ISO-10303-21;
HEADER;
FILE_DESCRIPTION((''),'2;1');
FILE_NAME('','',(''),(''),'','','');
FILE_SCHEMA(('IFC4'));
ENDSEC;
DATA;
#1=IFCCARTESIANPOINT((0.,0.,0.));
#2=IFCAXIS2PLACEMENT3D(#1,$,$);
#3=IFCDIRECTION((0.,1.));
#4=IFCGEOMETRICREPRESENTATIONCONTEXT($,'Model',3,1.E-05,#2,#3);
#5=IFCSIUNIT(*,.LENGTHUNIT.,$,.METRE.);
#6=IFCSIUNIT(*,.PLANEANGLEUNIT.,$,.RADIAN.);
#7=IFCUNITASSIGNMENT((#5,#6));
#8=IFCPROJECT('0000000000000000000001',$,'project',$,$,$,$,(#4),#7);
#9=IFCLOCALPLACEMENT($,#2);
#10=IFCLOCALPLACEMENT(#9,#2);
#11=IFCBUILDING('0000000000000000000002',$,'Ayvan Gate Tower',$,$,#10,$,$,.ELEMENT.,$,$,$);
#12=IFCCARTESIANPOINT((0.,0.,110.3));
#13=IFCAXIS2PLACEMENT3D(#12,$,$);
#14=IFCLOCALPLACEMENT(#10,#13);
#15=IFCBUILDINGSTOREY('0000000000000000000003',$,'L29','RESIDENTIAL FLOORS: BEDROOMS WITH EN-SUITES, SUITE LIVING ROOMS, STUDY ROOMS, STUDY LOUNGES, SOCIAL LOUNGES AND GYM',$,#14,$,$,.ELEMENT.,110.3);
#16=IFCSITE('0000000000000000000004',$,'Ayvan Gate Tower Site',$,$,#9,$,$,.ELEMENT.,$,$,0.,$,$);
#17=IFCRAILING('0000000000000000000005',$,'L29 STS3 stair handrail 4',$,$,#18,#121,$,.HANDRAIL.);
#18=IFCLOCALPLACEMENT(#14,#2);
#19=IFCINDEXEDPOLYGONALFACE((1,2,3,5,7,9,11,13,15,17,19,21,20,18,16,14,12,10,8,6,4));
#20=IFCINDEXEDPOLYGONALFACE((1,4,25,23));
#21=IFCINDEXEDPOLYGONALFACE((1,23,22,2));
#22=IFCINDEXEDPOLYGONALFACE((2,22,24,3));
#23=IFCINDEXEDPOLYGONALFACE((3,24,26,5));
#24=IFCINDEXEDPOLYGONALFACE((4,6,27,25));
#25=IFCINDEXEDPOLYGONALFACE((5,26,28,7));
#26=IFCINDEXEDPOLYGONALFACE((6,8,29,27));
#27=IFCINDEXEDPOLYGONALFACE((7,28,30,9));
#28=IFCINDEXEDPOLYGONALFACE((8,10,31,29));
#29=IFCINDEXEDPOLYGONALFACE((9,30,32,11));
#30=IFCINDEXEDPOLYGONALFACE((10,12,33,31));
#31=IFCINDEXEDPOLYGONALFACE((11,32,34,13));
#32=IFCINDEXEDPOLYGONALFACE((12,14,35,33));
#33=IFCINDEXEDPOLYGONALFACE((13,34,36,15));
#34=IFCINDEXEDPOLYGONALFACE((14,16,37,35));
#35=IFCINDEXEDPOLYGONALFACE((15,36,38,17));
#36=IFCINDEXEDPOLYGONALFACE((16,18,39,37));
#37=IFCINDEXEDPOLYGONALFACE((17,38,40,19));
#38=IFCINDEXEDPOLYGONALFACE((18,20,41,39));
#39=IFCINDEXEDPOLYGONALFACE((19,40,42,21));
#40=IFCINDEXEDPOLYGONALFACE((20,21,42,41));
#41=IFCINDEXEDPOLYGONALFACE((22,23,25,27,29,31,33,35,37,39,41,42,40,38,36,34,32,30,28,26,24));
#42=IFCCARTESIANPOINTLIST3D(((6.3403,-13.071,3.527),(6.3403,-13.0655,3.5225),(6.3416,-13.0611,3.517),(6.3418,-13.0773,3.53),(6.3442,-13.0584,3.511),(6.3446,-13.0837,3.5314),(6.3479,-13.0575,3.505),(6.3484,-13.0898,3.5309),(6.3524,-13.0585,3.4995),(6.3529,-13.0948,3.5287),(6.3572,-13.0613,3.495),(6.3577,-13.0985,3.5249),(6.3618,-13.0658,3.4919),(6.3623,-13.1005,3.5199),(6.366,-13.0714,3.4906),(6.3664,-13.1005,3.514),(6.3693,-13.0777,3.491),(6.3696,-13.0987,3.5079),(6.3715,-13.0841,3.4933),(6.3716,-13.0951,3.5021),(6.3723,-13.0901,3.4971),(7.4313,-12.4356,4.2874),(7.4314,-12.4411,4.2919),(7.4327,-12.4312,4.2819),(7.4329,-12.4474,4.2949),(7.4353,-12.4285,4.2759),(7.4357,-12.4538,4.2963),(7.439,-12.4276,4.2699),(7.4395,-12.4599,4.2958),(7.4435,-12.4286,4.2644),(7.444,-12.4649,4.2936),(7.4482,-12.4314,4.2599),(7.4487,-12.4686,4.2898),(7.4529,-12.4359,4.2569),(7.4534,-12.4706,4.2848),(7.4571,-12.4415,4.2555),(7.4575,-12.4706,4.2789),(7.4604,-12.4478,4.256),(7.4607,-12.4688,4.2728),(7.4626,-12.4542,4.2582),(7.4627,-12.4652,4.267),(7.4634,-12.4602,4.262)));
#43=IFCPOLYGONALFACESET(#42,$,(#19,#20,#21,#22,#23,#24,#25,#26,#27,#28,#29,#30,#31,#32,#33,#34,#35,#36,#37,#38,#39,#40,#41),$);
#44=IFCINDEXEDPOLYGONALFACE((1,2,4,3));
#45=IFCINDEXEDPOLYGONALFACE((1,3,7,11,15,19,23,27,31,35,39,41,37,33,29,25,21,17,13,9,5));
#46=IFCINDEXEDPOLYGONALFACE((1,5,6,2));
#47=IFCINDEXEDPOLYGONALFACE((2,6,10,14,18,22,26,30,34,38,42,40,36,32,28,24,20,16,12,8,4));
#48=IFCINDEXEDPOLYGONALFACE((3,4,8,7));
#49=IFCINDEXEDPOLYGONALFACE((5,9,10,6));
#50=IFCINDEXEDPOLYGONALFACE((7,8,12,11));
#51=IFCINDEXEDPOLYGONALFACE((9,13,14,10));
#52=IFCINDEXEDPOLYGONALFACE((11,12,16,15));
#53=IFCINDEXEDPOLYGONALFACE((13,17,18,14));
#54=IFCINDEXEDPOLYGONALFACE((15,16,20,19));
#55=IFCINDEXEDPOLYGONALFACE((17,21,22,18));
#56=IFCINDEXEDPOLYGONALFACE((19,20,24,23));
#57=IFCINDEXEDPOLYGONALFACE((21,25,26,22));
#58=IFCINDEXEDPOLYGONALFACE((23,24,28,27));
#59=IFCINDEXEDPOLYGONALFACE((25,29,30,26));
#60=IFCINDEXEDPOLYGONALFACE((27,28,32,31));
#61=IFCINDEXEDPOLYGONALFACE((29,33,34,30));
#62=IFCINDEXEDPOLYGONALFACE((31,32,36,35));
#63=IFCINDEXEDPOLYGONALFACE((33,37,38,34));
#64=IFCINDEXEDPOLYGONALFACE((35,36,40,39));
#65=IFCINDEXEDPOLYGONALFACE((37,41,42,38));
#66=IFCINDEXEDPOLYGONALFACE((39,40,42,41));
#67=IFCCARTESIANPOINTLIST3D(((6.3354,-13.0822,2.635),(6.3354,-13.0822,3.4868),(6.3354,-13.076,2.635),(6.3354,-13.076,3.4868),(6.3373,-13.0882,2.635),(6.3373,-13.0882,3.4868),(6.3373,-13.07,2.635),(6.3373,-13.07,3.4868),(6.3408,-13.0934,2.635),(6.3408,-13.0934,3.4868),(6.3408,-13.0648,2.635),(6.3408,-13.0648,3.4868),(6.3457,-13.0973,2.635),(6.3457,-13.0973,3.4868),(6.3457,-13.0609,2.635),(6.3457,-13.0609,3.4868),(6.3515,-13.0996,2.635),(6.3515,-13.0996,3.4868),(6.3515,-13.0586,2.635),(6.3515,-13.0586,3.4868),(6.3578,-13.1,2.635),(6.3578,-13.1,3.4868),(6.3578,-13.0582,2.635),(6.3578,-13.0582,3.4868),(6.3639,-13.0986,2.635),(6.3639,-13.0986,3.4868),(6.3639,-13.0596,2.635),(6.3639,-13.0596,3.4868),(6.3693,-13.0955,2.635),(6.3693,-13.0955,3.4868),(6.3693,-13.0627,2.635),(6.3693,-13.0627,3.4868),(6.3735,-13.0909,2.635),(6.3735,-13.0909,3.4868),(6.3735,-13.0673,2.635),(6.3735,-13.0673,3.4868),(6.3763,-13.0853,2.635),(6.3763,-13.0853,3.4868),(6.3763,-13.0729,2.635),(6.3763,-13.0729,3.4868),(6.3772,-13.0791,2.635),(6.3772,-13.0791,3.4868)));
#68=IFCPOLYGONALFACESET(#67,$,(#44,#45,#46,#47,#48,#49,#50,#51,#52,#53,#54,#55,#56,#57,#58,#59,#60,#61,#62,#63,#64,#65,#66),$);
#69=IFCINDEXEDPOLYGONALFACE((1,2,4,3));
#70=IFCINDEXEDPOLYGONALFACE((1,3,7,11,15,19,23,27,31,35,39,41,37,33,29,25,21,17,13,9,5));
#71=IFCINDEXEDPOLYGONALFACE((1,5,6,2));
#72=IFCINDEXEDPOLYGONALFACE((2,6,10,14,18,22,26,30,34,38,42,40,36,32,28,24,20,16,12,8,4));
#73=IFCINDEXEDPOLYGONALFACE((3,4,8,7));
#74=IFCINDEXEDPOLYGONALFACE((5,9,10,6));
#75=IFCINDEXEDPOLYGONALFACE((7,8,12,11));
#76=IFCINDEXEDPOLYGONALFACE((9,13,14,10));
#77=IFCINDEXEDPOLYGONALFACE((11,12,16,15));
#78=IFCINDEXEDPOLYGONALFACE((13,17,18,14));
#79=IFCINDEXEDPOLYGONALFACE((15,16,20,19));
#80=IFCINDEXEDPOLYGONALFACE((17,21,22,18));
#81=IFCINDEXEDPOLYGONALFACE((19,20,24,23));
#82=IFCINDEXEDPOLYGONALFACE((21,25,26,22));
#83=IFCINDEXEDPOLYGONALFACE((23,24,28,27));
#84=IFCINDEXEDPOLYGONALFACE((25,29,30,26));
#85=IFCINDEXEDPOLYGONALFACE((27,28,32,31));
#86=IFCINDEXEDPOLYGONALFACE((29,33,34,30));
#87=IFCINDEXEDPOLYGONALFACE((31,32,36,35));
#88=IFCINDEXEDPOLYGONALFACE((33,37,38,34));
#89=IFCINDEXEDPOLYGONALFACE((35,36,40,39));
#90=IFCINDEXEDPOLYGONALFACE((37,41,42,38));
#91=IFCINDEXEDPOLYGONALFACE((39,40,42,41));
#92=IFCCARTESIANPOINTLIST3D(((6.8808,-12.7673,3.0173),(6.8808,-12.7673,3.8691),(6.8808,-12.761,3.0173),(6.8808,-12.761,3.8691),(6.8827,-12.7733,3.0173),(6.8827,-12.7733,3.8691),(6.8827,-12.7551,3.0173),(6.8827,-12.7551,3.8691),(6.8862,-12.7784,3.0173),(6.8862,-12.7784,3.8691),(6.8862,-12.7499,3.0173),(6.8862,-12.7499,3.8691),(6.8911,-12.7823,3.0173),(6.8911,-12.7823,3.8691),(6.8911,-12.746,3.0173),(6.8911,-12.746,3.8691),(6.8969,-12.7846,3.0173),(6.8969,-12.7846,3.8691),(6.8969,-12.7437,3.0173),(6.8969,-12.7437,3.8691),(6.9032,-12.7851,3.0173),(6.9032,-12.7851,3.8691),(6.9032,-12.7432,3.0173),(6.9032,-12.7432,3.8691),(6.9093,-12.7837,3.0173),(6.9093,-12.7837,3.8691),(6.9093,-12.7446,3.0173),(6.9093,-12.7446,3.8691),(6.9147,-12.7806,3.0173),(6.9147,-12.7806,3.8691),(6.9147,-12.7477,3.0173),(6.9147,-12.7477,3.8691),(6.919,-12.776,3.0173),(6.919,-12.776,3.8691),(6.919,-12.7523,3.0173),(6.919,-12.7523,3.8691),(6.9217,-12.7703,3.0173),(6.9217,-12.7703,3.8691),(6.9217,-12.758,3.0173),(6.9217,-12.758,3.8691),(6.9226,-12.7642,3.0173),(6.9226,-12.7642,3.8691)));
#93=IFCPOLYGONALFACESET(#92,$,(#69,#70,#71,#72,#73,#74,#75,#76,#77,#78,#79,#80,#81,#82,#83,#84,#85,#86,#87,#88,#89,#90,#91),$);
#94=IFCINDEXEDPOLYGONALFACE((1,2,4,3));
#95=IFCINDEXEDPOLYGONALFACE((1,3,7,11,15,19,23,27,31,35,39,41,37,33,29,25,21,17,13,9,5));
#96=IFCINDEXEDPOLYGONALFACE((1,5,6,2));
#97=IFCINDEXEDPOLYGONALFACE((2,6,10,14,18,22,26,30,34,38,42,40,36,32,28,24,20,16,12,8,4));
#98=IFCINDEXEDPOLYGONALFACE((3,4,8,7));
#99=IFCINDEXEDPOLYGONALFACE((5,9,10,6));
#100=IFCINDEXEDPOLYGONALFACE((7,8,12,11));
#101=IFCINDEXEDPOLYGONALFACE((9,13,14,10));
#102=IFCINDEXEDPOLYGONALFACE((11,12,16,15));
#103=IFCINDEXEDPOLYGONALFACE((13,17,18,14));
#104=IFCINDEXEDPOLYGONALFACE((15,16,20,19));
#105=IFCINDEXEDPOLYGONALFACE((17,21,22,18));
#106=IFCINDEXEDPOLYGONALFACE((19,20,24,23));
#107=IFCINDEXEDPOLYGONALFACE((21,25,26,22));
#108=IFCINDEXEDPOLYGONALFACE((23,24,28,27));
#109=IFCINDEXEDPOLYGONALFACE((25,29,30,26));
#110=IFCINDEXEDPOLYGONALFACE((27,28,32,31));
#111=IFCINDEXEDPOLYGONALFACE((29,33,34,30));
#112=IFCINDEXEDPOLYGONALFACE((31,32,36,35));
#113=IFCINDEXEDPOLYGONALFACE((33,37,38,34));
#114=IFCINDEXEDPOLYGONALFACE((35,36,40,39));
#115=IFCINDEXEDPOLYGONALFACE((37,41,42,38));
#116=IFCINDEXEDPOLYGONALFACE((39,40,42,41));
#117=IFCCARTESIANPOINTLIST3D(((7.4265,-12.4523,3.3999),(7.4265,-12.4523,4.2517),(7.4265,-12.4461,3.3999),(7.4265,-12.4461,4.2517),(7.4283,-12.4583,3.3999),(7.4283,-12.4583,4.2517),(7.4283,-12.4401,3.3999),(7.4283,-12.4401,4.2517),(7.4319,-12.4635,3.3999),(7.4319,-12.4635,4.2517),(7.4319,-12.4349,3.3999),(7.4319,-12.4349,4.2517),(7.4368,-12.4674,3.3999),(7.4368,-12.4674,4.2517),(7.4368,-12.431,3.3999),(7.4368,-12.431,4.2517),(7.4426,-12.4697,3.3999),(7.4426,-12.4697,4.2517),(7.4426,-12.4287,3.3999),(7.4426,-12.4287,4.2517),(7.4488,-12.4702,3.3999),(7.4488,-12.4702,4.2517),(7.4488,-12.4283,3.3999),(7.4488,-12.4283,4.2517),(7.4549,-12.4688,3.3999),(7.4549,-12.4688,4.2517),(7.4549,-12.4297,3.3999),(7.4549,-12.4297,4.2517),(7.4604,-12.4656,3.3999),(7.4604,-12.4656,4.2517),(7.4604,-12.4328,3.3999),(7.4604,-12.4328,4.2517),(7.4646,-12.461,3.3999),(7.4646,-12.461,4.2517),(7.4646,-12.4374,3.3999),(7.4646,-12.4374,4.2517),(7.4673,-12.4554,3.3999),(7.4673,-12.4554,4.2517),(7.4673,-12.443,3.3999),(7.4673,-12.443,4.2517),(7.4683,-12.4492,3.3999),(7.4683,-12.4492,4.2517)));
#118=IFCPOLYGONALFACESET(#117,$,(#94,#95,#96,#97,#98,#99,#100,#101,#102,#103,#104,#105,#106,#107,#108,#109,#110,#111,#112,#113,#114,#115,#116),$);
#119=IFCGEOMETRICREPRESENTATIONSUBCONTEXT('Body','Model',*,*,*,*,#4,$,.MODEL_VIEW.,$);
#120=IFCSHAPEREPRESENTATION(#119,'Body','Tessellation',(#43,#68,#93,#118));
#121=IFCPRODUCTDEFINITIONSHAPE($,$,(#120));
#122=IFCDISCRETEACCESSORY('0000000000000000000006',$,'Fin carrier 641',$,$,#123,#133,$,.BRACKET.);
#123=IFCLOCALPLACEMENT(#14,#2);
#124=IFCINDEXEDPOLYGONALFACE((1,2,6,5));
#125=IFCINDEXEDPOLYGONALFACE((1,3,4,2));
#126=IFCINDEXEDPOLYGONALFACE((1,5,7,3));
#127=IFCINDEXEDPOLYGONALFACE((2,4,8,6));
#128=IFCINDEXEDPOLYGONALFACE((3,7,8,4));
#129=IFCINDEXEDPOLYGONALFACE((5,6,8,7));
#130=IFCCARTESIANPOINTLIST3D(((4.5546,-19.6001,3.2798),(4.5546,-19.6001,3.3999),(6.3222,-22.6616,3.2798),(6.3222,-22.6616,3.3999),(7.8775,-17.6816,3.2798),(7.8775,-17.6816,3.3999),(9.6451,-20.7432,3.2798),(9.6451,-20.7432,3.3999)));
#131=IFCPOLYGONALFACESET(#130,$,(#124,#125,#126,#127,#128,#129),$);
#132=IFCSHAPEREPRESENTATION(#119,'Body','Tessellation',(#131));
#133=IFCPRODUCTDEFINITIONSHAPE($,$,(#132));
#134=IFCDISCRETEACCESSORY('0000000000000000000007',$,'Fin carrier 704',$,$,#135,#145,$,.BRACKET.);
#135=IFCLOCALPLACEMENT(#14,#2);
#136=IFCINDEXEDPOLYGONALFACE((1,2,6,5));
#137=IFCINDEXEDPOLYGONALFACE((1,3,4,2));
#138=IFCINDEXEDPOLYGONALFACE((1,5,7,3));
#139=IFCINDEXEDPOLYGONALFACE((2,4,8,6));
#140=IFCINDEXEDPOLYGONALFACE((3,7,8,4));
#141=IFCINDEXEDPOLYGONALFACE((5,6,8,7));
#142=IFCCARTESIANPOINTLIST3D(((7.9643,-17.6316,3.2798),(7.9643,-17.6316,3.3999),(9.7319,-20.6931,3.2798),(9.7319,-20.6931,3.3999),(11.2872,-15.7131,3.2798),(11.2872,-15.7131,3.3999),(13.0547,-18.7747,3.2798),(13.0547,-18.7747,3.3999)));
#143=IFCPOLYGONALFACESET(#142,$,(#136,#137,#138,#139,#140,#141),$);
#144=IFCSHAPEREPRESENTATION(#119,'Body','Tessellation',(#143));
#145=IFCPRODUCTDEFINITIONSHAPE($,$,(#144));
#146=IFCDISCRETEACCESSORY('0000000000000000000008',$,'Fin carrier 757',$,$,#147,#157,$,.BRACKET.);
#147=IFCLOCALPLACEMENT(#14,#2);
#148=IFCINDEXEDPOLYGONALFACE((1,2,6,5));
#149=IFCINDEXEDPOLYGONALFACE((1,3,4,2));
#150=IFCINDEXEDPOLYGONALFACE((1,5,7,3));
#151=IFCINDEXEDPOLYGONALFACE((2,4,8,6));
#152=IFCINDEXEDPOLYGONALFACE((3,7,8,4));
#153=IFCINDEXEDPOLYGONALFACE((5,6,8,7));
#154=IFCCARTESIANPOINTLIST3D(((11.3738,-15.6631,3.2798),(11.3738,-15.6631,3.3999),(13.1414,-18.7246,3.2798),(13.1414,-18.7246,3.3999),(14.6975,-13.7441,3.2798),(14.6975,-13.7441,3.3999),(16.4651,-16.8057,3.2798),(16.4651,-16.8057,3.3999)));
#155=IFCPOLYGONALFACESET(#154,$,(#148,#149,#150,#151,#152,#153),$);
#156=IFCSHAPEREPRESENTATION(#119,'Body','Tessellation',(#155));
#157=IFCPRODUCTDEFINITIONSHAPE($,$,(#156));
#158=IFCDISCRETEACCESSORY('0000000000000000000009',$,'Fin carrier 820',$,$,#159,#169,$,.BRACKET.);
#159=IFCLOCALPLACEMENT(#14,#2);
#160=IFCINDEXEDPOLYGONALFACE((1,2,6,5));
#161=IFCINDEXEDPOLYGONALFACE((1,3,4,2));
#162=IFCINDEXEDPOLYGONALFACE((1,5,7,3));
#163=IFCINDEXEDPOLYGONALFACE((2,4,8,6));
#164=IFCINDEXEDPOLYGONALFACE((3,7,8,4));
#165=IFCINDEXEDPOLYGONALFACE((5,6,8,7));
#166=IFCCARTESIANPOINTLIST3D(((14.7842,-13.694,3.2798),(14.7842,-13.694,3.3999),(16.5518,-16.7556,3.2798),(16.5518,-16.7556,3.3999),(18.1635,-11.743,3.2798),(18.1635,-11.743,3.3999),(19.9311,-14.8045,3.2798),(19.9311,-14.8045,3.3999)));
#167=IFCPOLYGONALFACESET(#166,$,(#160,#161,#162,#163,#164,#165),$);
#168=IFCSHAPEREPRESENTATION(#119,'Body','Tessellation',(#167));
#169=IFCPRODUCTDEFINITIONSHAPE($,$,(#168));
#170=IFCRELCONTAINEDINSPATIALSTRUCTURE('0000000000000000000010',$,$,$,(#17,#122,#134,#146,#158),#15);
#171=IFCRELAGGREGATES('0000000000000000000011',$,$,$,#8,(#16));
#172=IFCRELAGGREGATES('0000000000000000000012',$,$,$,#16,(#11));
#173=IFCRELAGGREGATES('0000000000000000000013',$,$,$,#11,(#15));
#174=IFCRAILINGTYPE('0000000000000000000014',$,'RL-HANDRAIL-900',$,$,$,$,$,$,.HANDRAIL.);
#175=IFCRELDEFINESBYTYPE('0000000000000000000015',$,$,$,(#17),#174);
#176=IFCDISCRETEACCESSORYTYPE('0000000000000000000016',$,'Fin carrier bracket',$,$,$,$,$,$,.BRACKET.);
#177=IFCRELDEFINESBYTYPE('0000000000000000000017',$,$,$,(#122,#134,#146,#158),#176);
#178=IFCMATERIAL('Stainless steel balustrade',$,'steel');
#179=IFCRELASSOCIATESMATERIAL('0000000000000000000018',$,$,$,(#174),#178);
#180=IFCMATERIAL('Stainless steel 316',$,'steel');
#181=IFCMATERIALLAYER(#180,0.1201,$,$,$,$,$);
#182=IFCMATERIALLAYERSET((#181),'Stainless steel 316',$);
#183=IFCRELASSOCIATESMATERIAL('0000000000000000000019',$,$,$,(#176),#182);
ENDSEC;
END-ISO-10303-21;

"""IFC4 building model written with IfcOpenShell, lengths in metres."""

from ifc_helpers import new_model, si_unit, direction, frame, origin, origin_2d, place, context, subcontext, project, spatial, rectangle, circle, extrude, material, layer, layer_set, type_object, element, save


model = new_model("IFC4")

# Units and contexts
model_context = context("Model", 3, precision=1e-05, world=origin(), true_north=direction((0.0, 1.0)))
body_context = subcontext(model_context, "Body", "Model", "MODEL_VIEW")
ifc_project = project(units=[si_unit("LENGTHUNIT", "METRE"), si_unit("PLANEANGLEUNIT", "RADIAN")], contexts=[model_context])

# Site, building, storey
site_placement = place(None, origin())
site = spatial("IfcSite", under=ifc_project, at=site_placement, Name="Ayvan Gate Tower Site", CompositionType="ELEMENT", RefElevation=0.0)
building_placement = place(site_placement, origin())
building = spatial("IfcBuilding", under=site, at=building_placement, Name="Ayvan Gate Tower", CompositionType="ELEMENT")
storey_placement = place(building_placement, frame((0.0, 0.0, 110.3)))
storey = spatial("IfcBuildingStorey", under=building, at=storey_placement, Name="L29", Description="RESIDENTIAL FLOORS: BEDROOMS WITH EN-SUITES, SUITE LIVING ROOMS, STUDY ROOMS, STUDY LOUNGES, SOCIAL LOUNGES AND GYM", CompositionType="ELEMENT", Elevation=110.3)

# Railing
ifc_material_1 = material(Name="Stainless steel balustrade", Category="steel")
railing_type = type_object("IfcRailingType", Name="RL-HANDRAIL-900", PredefinedType="HANDRAIL", material=ifc_material_1)
railing_1_placement = place(storey_placement, frame((6.3562, -13.0791, 2.635)))
element("IfcRailing", 1, at=railing_1_placement, inside=storey, type_object=railing_type, Name="L29 STS3 stair handrail 4", PredefinedType="HANDRAIL", context=body_context, shape_type="SweptSolid", body=[
    extrude(circle(Radius=0.0239, at=origin_2d()), frame((0.0, 0.0, 0.876), z_axis=(0.740282, 0.427372, 0.518976), x_axis=(-0.499974, 0.86604, 0.0)), (0.0, 0.0, 1.0), 1.4739),
    extrude(circle(Radius=0.021, at=origin_2d()), origin(), (0.0, 0.0, 1.0), 0.8518),
    extrude(circle(Radius=0.021, at=origin_2d()), frame((0.5454, 0.3149, 0.3823)), (0.0, 0.0, 1.0), 0.8518),
    extrude(circle(Radius=0.021, at=origin_2d()), frame((1.0911, 0.6299, 0.7649)), (0.0, 0.0, 1.0), 0.8518),
])

# Discrete accessories
ifc_material_2 = material(Name="Stainless steel 316", Category="steel")
ifc_layer_1 = layer(ifc_material_2, 0.1201)
ifc_layer_set_1 = layer_set([ifc_layer_1], Name="Stainless steel 316")
discrete_accessory_type = type_object("IfcDiscreteAccessoryType", Name="Fin carrier bracket", PredefinedType="BRACKET", material=ifc_layer_set_1)
for number, where, z_axis, x_axis, name in (
    (2, (7.0999, -20.1716, 3.2798), (0.0, 0.0, 1.0), (0.866025, 0.5, 0.0), "Fin carrier 641"),
    (3, (10.5095, -18.2031, 3.2798), (0.0, 0.0, 1.0), (0.866025, 0.5, 0.0), "Fin carrier 704"),
):
    element("IfcDiscreteAccessory", number, at=place(storey_placement, frame(where, z_axis=z_axis, x_axis=x_axis)), inside=storey, type_object=discrete_accessory_type, Name=name, PredefinedType="BRACKET", context=body_context, shape_type="SweptSolid", body=[
        extrude(rectangle(XDim=3.8369, YDim=3.5352, at=origin_2d()), origin(), (0.0, 0.0, 1.0), 0.1201),
    ])
discrete_accessory_1_placement = place(storey_placement, frame((13.9194, -16.2344, 3.2798), z_axis=(0.0, 0.0, 1.0), x_axis=(0.866025, 0.5, 0.0)))
element("IfcDiscreteAccessory", 4, at=discrete_accessory_1_placement, inside=storey, type_object=discrete_accessory_type, Name="Fin carrier 757", PredefinedType="BRACKET", context=body_context, shape_type="SweptSolid", body=[
    extrude(rectangle(XDim=3.8379, YDim=3.5352, at=origin_2d()), origin(), (0.0, 0.0, 1.0), 0.1201),
])
discrete_accessory_2_placement = place(storey_placement, frame((17.3577, -14.2493, 3.2798), z_axis=(0.0, 0.0, 1.0), x_axis=(0.866025, 0.5, 0.0)))
element("IfcDiscreteAccessory", 5, at=discrete_accessory_2_placement, inside=storey, type_object=discrete_accessory_type, Name="Fin carrier 820", PredefinedType="BRACKET", context=body_context, shape_type="SweptSolid", body=[
    extrude(rectangle(XDim=3.9021, YDim=3.5352, at=origin_2d()), origin(), (0.0, 0.0, 1.0), 0.1201),
])

save(model, "model.ifc")
